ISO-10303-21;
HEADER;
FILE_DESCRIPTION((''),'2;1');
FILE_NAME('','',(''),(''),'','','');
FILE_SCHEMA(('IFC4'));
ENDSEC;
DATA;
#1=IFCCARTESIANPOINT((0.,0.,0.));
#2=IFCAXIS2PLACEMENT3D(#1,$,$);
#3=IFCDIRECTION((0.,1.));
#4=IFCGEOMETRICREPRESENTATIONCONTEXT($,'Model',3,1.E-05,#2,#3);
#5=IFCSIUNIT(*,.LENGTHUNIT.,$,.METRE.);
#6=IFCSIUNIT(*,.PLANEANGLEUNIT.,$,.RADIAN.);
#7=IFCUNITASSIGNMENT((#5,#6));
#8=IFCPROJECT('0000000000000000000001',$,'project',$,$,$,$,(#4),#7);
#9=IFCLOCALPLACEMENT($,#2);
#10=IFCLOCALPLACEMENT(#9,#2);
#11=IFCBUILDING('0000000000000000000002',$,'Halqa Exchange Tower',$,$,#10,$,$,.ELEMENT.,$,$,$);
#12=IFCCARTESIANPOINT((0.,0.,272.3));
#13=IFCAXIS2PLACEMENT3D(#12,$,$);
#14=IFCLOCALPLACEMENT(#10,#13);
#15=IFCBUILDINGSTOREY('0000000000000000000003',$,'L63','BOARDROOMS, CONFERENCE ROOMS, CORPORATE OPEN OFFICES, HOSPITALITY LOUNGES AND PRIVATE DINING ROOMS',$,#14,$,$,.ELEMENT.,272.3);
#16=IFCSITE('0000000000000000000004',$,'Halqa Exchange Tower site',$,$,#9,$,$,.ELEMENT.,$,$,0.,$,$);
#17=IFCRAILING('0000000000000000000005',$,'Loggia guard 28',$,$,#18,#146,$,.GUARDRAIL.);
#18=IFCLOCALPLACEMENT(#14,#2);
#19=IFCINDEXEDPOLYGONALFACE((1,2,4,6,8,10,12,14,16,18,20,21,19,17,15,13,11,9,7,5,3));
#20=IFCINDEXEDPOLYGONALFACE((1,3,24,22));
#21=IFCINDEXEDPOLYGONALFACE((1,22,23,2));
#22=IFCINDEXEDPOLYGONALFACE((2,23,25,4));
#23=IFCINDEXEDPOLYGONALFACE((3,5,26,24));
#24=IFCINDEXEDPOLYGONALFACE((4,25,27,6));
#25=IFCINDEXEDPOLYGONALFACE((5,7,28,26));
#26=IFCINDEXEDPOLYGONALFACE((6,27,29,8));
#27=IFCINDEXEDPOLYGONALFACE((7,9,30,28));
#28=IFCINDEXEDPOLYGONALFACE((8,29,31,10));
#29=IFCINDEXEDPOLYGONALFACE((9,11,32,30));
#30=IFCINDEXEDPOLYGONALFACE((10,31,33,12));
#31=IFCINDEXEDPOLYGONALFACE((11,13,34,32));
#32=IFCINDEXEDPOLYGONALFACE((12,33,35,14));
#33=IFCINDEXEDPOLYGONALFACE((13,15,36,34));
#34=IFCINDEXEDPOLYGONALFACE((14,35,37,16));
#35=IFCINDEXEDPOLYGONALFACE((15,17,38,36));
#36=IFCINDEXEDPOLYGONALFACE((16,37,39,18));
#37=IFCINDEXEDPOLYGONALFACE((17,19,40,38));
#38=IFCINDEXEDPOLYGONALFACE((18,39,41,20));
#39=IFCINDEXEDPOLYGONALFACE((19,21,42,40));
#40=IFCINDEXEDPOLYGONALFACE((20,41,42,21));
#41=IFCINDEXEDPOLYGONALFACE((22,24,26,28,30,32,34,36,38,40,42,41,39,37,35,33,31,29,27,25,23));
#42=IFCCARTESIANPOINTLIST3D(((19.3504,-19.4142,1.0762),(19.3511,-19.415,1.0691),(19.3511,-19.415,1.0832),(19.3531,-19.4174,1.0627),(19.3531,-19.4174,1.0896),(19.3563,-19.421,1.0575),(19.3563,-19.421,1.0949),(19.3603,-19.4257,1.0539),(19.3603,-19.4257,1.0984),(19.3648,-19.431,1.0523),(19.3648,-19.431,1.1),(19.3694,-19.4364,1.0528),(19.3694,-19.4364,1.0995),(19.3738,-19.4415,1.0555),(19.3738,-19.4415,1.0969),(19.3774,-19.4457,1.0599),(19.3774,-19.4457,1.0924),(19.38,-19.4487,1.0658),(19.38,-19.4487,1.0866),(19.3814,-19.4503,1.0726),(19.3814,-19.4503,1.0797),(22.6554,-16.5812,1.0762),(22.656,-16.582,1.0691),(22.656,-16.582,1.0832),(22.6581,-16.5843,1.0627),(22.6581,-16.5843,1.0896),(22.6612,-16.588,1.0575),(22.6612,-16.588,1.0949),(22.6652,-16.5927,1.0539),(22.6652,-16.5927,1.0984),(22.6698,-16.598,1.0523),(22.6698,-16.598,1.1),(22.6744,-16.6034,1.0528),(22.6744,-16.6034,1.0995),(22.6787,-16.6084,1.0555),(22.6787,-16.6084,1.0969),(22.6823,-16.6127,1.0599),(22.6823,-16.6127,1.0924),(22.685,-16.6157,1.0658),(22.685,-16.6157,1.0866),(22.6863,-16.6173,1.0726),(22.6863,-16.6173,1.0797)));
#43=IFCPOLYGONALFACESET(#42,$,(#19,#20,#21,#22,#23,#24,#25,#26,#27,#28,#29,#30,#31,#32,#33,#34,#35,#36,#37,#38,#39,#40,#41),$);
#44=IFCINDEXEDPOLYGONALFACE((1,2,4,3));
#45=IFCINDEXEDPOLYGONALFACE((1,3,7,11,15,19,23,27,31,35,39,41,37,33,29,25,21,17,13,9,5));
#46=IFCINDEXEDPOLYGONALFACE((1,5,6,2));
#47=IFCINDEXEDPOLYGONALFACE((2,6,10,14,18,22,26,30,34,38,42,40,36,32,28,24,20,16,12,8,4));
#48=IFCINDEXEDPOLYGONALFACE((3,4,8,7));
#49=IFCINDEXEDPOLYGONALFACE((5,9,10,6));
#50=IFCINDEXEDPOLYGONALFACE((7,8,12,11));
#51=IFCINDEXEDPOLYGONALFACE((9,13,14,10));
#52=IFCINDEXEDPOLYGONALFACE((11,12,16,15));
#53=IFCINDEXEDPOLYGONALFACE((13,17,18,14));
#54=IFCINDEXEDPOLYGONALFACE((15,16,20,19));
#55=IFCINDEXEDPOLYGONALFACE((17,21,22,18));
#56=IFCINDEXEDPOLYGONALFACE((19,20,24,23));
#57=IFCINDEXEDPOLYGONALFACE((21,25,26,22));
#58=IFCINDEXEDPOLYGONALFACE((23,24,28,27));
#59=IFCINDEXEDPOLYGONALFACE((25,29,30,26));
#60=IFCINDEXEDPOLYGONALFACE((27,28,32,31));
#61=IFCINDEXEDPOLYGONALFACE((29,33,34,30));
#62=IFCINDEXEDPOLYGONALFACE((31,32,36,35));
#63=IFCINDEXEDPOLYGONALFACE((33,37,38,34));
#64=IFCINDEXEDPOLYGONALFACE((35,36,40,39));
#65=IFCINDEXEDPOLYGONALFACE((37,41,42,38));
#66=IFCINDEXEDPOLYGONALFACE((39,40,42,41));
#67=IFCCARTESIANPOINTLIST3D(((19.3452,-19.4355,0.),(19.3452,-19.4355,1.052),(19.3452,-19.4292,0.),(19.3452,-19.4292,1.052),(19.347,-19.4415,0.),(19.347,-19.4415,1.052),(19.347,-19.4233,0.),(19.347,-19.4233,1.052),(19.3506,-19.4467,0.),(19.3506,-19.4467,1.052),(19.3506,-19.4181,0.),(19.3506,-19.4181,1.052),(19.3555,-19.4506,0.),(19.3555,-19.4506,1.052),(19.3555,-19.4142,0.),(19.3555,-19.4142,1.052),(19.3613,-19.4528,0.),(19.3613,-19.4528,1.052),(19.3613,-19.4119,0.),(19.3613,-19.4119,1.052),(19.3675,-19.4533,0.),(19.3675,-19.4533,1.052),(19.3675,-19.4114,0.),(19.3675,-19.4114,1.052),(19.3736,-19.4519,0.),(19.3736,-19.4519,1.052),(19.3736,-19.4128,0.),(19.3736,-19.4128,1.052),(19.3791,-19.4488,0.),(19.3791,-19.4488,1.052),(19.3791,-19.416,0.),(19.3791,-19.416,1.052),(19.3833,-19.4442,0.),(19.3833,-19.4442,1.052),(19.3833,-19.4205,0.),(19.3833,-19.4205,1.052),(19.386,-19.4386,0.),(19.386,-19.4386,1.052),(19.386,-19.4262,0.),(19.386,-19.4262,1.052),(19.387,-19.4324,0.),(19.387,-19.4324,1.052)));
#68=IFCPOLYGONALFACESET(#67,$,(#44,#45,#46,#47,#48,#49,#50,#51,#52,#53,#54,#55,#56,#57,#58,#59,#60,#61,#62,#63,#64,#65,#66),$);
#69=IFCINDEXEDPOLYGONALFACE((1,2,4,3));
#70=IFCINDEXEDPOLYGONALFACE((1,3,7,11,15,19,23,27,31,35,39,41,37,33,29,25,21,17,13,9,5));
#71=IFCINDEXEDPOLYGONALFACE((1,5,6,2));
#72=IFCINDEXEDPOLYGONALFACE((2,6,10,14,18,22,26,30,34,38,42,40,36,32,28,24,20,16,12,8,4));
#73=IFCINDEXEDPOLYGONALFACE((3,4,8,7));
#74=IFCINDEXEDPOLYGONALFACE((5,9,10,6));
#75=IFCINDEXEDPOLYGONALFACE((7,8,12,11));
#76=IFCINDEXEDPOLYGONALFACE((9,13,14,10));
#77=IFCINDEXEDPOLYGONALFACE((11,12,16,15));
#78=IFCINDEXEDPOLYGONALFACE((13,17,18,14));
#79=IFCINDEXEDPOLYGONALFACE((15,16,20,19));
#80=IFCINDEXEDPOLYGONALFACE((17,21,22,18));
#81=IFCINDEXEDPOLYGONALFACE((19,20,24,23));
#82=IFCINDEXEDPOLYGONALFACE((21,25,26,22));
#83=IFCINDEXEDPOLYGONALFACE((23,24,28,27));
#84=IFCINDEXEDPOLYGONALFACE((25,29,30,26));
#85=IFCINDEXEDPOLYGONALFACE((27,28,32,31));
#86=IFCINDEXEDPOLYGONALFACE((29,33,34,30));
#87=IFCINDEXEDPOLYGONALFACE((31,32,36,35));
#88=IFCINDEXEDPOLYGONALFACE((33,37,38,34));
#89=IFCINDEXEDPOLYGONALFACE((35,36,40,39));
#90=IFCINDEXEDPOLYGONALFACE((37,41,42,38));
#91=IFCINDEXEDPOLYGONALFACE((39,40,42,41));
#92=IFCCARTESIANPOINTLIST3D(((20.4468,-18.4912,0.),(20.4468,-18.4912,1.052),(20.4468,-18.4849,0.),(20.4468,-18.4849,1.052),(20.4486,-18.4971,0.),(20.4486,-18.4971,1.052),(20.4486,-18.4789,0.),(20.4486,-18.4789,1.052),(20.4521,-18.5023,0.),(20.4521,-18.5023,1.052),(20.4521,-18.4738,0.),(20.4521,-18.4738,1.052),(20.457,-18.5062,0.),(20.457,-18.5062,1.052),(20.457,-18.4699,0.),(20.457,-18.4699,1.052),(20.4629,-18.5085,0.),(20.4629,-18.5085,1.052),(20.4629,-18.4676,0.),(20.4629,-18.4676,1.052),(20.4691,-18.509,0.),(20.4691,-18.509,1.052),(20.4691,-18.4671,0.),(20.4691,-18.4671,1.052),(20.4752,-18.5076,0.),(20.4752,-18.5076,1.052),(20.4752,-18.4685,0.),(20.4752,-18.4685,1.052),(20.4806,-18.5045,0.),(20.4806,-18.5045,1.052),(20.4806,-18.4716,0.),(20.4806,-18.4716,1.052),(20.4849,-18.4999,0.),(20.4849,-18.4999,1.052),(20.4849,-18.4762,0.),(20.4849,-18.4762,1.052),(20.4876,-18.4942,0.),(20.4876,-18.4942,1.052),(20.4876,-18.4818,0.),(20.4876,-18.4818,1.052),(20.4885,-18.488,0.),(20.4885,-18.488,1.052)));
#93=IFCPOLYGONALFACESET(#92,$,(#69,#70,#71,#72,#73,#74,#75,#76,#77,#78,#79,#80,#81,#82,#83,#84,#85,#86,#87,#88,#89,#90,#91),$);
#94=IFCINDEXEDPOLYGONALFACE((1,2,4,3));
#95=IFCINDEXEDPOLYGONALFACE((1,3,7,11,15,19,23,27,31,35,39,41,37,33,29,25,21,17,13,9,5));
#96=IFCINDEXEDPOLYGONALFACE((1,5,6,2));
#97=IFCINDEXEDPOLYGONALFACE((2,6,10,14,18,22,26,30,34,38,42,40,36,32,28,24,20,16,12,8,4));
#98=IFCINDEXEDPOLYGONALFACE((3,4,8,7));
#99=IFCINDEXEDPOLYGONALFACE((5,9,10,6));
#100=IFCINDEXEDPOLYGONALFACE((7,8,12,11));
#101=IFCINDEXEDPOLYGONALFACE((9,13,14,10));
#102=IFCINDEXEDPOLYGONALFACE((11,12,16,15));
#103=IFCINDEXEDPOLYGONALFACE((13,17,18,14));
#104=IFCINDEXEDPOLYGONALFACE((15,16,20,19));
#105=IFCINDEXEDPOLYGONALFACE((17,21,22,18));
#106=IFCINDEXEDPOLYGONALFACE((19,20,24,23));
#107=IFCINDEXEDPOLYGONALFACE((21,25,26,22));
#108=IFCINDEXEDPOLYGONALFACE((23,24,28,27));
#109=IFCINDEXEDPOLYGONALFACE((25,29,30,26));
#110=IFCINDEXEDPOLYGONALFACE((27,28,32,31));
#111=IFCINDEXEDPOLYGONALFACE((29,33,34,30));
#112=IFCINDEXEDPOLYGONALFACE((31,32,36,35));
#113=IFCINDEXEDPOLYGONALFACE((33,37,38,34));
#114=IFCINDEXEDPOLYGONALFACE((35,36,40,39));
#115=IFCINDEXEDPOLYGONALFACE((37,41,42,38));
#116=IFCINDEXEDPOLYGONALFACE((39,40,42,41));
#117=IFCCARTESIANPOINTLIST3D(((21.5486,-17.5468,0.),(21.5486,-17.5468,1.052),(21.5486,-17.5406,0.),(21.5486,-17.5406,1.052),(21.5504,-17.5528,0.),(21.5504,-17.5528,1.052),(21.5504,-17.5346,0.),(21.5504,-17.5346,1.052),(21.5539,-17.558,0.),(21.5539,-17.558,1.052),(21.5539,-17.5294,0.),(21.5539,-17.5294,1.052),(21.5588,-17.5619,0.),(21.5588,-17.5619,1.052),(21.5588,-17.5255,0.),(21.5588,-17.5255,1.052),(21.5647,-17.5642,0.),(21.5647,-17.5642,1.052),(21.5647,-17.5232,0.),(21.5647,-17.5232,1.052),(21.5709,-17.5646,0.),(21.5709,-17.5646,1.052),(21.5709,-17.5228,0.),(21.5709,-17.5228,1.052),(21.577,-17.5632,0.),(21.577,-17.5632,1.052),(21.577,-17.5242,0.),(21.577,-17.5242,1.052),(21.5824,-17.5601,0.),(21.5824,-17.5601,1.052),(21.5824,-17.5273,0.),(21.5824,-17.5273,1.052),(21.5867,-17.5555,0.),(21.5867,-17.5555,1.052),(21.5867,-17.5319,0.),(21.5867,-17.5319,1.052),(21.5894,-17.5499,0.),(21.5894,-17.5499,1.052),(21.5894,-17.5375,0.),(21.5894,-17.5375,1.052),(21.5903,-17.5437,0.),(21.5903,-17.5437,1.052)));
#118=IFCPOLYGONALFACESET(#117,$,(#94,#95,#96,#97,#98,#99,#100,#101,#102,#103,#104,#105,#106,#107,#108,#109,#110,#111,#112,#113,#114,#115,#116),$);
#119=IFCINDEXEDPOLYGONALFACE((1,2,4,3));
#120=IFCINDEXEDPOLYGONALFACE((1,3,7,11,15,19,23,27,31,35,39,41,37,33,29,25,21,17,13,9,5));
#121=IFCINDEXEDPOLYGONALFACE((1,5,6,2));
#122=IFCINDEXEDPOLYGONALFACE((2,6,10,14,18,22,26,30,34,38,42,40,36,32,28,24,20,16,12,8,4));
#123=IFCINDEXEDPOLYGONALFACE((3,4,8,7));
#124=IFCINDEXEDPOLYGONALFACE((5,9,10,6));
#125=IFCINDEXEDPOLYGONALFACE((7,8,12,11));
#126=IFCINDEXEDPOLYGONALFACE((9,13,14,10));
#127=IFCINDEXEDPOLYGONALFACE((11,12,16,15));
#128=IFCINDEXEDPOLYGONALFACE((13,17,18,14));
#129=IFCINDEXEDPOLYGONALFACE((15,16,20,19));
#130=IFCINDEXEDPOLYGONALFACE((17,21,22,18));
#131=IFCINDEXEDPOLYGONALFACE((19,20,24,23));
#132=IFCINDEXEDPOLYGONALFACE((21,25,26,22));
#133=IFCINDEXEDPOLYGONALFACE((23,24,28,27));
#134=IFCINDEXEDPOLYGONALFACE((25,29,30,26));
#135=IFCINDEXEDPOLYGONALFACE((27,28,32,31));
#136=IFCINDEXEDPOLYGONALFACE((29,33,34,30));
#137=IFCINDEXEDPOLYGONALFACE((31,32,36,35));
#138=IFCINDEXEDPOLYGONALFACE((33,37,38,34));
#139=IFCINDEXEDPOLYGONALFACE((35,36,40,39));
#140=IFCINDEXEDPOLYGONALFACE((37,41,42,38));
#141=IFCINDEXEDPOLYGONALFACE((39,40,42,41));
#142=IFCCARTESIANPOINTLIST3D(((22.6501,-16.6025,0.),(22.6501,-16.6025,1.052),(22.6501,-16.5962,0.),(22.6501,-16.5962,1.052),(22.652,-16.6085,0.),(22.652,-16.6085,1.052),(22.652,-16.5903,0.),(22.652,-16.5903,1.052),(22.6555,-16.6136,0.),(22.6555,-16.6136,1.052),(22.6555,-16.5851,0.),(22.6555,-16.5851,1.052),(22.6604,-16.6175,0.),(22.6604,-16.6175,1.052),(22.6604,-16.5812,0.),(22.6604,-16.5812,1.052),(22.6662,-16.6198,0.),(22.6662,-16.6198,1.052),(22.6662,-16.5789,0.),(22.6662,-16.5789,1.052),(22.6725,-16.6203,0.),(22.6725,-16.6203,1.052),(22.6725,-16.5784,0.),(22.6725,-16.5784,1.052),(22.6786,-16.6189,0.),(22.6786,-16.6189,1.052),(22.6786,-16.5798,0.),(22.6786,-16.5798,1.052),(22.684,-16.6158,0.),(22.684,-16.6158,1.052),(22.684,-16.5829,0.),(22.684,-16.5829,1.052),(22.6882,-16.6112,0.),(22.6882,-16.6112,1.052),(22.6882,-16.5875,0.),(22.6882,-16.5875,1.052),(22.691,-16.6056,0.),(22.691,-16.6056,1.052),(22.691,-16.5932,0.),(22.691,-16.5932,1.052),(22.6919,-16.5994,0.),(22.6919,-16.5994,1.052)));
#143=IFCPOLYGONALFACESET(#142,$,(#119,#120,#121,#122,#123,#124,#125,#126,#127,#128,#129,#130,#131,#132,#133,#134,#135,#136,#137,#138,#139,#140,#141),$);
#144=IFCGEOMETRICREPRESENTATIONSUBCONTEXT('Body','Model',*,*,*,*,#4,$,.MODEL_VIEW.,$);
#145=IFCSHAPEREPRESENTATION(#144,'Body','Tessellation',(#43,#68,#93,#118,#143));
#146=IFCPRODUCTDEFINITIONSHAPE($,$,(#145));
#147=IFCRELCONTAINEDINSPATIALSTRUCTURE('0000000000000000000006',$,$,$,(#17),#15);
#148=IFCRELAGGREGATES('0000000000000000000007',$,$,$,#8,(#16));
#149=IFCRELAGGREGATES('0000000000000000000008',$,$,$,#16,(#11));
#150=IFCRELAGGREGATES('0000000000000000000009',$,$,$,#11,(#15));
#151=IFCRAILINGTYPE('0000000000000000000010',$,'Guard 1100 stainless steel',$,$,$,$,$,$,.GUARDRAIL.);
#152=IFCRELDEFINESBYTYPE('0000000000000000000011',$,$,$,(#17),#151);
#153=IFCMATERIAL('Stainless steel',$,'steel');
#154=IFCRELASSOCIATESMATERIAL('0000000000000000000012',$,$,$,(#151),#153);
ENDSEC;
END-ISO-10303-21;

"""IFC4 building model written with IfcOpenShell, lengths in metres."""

from ifc_helpers import new_model, si_unit, direction, frame, origin, origin_2d, place, context, subcontext, project, spatial, circle, extrude, material, type_object, element, save


model = new_model("IFC4")

# Units and contexts
model_context = context("Model", 3, precision=1e-05, world=origin(), true_north=direction((0.0, 1.0)))
body_context = subcontext(model_context, "Body", "Model", "MODEL_VIEW")
ifc_project = project(units=[si_unit("LENGTHUNIT", "METRE"), si_unit("PLANEANGLEUNIT", "RADIAN")], contexts=[model_context])

# Site, building, storey
site_placement = place(None, origin())
site = spatial("IfcSite", under=ifc_project, at=site_placement, Name="Halqa Exchange Tower site", CompositionType="ELEMENT", RefElevation=0.0)
building_placement = place(site_placement, origin())
building = spatial("IfcBuilding", under=site, at=building_placement, Name="Halqa Exchange Tower", CompositionType="ELEMENT")
storey_placement = place(building_placement, frame((0.0, 0.0, 272.3)))
storey = spatial("IfcBuildingStorey", under=building, at=storey_placement, Name="L63", Description="BOARDROOMS, CONFERENCE ROOMS, CORPORATE OPEN OFFICES, HOSPITALITY LOUNGES AND PRIVATE DINING ROOMS", CompositionType="ELEMENT", Elevation=272.3)

# Railing
ifc_material_1 = material(Name="Stainless steel", Category="steel")
railing_type = type_object("IfcRailingType", Name="Guard 1100 stainless steel", PredefinedType="GUARDRAIL", material=ifc_material_1)
railing_1_placement = place(storey_placement, frame((19.366, -19.4324, 0.0)))
element("IfcRailing", 1, at=railing_1_placement, inside=storey, type_object=railing_type, Name="Loggia guard 28", PredefinedType="GUARDRAIL", context=body_context, shape_type="SweptSolid", body=[
    extrude(circle(Radius=0.0239, at=origin_2d()), frame((0.0, 0.0, 1.0762), z_axis=(0.759233, 0.650819, 0.0), x_axis=(-0.650819, 0.759233, 0.0)), (0.0, 0.0, 1.0), 4.353),
    extrude(circle(Radius=0.021, at=origin_2d()), origin(), (0.0, 0.0, 1.0), 1.052),
    extrude(circle(Radius=0.021, at=origin_2d()), frame((1.1016, 0.9443, 0.0)), (0.0, 0.0, 1.0), 1.052),
    extrude(circle(Radius=0.021, at=origin_2d()), frame((2.2034, 1.8887, 0.0)), (0.0, 0.0, 1.0), 1.052),
    extrude(circle(Radius=0.021, at=origin_2d()), frame((3.3049, 2.833, 0.0)), (0.0, 0.0, 1.0), 1.052),
])

save(model, "model.ifc")
